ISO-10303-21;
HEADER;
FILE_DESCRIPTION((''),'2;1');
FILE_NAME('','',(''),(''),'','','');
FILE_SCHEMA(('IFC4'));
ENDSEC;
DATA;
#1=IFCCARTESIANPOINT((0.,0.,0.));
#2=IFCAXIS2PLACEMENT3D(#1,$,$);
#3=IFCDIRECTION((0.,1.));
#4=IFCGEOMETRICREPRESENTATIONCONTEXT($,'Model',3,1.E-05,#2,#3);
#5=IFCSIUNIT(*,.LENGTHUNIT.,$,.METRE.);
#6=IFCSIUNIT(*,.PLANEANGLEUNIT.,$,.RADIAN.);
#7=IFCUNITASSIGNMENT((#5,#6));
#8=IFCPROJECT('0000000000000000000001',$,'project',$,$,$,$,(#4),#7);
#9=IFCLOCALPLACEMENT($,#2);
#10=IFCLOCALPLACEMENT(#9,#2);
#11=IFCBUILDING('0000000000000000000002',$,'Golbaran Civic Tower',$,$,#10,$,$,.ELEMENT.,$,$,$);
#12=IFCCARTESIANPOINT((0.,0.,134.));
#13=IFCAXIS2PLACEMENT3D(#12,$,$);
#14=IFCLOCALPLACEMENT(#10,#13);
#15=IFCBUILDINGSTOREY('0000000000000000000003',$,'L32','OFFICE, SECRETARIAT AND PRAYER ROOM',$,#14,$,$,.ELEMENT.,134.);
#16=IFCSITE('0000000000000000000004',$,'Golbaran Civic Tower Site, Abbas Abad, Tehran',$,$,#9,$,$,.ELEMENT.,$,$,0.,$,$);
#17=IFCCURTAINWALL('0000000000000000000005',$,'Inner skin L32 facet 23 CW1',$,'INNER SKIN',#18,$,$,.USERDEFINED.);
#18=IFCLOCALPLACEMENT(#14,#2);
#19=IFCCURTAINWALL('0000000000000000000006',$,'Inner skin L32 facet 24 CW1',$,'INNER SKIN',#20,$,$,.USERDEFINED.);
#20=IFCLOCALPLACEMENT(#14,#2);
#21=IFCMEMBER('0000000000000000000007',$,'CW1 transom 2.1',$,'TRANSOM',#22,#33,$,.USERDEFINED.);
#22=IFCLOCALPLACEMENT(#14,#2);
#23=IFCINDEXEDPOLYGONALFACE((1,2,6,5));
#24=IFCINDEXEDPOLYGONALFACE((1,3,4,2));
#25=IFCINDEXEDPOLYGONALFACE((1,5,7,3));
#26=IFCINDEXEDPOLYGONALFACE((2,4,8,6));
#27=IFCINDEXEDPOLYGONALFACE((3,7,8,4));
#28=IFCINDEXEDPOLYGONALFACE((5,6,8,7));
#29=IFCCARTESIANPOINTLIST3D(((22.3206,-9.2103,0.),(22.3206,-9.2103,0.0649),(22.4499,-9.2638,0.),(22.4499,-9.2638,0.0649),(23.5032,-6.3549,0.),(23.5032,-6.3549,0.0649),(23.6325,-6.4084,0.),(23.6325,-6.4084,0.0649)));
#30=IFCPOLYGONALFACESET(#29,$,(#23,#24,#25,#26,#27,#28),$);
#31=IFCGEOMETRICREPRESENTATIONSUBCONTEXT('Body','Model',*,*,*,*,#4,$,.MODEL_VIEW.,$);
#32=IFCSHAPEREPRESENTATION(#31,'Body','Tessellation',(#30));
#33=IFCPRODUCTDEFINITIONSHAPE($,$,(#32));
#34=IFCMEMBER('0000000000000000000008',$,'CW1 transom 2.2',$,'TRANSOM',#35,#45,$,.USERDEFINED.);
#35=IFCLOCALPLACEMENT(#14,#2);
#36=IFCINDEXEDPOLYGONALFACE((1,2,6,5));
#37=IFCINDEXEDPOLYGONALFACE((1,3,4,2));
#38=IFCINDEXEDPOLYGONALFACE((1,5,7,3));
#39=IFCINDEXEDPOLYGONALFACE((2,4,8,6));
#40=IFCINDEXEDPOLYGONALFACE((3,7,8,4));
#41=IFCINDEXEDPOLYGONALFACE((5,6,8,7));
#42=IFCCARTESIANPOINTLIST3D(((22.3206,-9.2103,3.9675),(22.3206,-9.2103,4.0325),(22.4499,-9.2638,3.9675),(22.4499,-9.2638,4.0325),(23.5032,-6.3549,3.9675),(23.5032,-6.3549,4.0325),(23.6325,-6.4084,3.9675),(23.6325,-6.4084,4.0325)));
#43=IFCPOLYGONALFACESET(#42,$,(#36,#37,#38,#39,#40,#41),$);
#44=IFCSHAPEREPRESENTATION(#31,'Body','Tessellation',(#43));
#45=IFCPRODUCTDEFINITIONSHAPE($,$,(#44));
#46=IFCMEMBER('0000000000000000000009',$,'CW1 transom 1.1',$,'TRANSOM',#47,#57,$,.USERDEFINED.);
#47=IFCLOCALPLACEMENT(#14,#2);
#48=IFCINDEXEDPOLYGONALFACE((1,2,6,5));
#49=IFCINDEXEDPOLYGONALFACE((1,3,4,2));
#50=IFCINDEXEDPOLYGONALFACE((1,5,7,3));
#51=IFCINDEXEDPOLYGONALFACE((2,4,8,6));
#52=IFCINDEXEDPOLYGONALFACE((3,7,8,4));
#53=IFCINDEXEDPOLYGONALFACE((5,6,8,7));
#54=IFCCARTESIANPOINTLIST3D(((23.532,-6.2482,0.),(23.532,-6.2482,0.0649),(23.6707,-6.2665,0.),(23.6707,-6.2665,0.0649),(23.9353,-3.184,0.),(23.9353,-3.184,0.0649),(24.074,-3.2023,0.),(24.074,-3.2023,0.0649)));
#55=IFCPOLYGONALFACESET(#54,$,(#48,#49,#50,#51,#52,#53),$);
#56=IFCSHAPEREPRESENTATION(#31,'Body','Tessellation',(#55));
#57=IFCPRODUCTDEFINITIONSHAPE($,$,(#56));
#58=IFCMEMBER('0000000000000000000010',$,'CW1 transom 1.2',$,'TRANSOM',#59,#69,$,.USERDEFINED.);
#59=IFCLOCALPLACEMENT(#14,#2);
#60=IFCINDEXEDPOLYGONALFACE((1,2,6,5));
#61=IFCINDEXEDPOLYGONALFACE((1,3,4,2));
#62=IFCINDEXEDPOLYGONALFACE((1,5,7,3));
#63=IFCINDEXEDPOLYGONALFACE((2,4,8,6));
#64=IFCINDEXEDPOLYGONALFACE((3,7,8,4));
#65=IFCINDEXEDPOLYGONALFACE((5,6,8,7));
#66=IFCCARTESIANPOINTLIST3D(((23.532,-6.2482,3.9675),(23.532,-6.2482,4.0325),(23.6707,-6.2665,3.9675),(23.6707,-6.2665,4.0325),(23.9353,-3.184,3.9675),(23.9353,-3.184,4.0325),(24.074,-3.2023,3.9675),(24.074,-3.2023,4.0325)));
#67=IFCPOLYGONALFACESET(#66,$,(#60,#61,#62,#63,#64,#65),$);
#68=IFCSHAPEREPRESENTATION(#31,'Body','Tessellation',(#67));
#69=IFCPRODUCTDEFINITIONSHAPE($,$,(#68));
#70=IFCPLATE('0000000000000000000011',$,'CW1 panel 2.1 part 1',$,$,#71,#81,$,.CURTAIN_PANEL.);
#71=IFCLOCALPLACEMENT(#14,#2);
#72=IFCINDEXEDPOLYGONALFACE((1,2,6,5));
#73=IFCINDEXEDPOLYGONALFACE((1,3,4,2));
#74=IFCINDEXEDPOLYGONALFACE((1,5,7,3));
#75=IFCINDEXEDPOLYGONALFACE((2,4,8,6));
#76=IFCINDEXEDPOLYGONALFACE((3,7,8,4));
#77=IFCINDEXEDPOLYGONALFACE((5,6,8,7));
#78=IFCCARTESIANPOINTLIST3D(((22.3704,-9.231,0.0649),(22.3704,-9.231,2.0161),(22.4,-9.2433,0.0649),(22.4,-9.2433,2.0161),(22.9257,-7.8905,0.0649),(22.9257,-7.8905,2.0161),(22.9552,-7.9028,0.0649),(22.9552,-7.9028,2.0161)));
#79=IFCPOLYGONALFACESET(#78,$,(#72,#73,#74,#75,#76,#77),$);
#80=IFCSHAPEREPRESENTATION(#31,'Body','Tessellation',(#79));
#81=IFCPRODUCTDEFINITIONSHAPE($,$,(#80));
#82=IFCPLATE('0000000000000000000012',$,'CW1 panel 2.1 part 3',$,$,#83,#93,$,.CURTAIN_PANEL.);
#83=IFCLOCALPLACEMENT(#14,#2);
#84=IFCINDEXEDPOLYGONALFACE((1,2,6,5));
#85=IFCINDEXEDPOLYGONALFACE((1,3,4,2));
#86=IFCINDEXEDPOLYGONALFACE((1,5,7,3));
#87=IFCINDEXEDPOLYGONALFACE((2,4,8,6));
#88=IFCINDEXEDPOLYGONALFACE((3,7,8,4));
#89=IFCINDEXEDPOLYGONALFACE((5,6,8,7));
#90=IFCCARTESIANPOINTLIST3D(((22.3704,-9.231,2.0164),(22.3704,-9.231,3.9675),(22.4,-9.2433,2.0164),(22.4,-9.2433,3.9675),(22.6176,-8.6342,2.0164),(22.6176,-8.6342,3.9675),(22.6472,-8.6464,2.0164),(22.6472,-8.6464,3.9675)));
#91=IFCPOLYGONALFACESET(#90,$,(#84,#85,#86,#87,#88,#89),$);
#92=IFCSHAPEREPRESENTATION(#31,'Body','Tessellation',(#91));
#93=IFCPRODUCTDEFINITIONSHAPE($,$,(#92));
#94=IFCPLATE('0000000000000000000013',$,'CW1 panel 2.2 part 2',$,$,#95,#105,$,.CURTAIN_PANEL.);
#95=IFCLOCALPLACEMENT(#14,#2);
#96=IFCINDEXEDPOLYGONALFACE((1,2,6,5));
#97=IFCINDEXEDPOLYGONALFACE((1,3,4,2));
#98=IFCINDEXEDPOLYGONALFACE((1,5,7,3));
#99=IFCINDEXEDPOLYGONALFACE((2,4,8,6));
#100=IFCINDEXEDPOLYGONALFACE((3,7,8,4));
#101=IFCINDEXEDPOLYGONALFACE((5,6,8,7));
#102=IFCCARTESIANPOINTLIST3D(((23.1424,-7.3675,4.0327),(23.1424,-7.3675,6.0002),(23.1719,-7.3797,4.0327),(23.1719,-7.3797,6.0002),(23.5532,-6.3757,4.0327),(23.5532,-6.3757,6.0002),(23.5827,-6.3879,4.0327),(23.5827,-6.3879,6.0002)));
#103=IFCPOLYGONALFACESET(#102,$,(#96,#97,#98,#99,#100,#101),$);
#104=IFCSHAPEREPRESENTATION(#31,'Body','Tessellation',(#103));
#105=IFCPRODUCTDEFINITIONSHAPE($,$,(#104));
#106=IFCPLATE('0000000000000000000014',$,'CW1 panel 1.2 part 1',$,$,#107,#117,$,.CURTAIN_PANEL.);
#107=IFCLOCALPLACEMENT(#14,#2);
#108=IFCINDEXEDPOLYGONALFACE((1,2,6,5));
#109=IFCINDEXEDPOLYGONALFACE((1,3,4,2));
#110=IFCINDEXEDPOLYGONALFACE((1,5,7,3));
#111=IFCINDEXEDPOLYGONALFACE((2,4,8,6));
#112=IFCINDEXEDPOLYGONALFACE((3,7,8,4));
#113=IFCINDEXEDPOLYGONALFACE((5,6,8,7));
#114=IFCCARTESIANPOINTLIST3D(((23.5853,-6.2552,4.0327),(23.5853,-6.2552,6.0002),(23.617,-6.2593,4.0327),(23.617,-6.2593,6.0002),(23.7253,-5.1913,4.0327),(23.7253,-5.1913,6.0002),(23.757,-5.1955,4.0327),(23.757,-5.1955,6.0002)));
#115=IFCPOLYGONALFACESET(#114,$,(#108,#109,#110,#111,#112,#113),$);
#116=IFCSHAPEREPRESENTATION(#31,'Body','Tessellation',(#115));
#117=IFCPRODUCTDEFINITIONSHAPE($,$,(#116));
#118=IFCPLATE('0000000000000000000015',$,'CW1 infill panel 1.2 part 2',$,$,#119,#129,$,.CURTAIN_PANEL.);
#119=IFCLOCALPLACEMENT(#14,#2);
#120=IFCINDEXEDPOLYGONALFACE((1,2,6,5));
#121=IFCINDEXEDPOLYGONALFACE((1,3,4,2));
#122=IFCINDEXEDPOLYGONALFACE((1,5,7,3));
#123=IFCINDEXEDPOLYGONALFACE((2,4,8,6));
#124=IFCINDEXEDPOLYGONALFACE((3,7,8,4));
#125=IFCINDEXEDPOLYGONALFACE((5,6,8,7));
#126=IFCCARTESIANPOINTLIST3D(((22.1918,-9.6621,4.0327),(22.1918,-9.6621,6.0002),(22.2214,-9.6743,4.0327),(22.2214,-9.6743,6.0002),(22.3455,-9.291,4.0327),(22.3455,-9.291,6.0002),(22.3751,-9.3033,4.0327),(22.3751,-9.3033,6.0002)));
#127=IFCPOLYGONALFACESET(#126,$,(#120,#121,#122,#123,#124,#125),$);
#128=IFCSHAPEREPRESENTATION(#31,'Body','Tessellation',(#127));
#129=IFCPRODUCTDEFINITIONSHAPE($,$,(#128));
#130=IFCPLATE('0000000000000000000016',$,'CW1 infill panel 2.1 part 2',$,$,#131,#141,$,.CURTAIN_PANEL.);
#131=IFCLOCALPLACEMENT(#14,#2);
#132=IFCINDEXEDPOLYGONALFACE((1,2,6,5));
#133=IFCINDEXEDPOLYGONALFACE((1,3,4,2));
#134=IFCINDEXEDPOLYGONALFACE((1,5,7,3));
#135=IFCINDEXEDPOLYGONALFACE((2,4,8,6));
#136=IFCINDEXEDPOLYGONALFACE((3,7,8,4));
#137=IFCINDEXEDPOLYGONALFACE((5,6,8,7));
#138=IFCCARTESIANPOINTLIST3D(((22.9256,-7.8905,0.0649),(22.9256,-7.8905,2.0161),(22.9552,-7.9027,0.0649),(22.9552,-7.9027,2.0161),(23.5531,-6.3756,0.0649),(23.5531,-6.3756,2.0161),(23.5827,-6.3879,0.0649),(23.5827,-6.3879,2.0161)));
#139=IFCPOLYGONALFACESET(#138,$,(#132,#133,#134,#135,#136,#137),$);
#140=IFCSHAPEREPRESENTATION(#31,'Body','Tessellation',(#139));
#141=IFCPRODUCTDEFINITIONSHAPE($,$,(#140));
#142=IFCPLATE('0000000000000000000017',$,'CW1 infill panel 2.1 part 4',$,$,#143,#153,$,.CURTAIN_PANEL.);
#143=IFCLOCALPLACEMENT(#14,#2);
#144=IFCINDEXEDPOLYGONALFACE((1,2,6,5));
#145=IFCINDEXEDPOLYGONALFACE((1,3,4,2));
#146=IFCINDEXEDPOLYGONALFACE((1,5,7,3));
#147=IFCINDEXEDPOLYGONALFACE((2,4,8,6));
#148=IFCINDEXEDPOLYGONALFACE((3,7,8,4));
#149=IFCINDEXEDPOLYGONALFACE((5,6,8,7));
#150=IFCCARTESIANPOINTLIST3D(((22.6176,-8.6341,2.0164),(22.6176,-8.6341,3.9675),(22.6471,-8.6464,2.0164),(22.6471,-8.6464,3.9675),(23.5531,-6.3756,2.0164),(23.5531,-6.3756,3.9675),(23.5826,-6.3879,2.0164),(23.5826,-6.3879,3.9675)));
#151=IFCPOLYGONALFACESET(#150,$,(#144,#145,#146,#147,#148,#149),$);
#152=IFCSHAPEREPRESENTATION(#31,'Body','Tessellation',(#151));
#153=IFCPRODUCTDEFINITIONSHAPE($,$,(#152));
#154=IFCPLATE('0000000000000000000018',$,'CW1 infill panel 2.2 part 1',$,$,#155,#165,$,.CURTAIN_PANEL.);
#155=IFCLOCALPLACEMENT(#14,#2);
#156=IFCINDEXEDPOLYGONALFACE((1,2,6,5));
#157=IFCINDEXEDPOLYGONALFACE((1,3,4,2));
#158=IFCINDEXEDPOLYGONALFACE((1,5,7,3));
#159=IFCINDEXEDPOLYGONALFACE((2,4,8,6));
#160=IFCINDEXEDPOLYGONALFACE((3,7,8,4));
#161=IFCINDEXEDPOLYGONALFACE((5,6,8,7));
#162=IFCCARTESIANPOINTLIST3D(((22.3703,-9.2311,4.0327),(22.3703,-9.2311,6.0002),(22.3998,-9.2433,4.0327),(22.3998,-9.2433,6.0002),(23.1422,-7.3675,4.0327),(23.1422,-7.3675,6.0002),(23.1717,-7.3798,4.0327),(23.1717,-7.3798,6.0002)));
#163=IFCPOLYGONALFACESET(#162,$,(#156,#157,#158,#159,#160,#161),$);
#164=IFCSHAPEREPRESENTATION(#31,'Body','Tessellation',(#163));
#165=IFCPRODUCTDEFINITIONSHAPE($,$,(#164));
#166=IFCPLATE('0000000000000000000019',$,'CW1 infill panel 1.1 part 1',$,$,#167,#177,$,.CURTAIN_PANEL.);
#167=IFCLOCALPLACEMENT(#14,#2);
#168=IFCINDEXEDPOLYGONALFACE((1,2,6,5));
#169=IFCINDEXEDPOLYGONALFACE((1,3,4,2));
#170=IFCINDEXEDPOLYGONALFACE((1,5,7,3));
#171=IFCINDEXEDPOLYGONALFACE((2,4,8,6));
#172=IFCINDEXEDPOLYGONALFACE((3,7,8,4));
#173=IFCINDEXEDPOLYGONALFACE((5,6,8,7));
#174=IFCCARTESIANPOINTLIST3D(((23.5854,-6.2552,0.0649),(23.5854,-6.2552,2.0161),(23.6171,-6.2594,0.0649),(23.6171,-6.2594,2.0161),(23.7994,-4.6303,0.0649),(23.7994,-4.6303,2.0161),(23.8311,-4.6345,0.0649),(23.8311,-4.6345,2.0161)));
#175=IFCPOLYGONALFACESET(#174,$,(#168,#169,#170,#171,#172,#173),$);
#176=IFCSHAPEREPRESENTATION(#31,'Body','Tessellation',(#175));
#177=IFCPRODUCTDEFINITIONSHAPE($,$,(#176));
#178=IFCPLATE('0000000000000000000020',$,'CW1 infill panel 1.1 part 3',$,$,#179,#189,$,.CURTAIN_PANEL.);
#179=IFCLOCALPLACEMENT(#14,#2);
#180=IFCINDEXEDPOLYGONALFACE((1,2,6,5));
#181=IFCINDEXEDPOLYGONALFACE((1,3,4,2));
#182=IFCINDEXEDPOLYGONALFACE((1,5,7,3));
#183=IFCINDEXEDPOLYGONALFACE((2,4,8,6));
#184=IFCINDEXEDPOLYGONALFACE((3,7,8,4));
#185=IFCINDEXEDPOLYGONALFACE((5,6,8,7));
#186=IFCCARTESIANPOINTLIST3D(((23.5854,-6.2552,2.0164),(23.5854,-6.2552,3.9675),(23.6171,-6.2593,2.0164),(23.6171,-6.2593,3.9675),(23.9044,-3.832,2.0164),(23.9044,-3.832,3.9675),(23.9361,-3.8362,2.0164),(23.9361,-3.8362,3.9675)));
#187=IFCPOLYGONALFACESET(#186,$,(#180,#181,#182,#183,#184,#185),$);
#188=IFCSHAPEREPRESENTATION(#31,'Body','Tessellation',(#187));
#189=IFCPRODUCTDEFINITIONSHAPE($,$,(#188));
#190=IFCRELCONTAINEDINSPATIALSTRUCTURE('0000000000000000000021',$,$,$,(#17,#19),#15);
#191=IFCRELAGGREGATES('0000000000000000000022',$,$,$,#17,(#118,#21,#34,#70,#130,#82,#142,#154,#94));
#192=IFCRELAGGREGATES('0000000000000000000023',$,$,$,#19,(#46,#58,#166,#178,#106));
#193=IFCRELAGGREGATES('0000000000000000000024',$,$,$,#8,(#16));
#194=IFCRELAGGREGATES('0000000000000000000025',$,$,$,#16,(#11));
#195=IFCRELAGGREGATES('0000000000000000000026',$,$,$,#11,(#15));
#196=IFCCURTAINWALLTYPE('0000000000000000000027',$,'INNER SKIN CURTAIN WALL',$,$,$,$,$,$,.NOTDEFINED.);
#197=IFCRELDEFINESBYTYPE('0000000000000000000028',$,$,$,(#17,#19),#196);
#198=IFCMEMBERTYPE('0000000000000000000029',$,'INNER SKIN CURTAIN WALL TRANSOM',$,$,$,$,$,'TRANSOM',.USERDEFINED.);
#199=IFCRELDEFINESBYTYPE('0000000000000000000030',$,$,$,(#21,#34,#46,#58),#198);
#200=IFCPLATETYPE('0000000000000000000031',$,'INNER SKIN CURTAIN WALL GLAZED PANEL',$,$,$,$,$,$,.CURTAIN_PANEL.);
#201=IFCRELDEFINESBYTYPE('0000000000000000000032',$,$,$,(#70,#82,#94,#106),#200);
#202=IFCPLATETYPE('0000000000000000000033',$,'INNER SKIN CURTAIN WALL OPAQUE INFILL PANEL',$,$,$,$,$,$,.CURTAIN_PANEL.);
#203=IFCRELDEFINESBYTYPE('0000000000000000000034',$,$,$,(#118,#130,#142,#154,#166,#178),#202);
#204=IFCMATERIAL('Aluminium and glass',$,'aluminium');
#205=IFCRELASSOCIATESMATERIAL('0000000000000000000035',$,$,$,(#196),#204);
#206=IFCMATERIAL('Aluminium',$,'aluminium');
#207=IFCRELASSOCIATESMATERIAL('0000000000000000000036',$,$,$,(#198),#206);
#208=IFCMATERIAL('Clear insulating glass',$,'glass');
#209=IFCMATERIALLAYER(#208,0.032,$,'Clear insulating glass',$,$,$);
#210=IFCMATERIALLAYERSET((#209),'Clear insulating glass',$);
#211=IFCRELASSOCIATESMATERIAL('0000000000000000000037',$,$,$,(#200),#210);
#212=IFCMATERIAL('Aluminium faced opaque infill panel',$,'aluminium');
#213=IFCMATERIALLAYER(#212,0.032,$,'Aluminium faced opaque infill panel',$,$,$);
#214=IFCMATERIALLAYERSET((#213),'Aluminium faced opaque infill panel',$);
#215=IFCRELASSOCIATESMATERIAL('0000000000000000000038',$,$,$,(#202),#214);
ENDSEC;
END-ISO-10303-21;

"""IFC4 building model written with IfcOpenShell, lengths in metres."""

from ifc_helpers import new_model, si_unit, direction, frame, origin, origin_2d, place, context, subcontext, project, spatial, rectangle, extrude, material, layer, layer_set, material_profile, profile_set, type_object, element, aggregate, save


model = new_model("IFC4")

# Units and contexts
model_context = context("Model", 3, precision=1e-05, world=origin(), true_north=direction((0.0, 1.0)))
body_context = subcontext(model_context, "Body", "Model", "MODEL_VIEW")
ifc_project = project(units=[si_unit("LENGTHUNIT", "METRE"), si_unit("PLANEANGLEUNIT", "RADIAN")], contexts=[model_context])

# Site, building, storey
site_placement = place(None, origin())
site = spatial("IfcSite", under=ifc_project, at=site_placement, Name="Golbaran Civic Tower Site, Abbas Abad, Tehran", CompositionType="ELEMENT", RefElevation=0.0)
building_placement = place(site_placement, origin())
building = spatial("IfcBuilding", under=site, at=building_placement, Name="Golbaran Civic Tower", CompositionType="ELEMENT")
storey_placement = place(building_placement, frame((0.0, 0.0, 134.0)))
storey = spatial("IfcBuildingStorey", under=building, at=storey_placement, Name="L32", Description="OFFICE, SECRETARIAT AND PRAYER ROOM", CompositionType="ELEMENT", Elevation=134.0)

# Curtain wall
ifc_material_1 = material(Name="Aluminium and glass", Category="aluminium")
curtain_wall_type = type_object("IfcCurtainWallType", Name="INNER SKIN CURTAIN WALL", PredefinedType="NOTDEFINED", material=ifc_material_1)
curtain_wall_1_placement = place(storey_placement, origin())
curtain_wall_1 = element("IfcCurtainWall", 1, at=curtain_wall_1_placement, inside=storey, type_object=curtain_wall_type, Name="Inner skin L32 facet 23 CW1", ObjectType="INNER SKIN", PredefinedType="USERDEFINED")
ifc_material_2 = material(Name="Aluminium", Category="aluminium")

# Curtain wall
curtain_wall_2_placement = place(storey_placement, origin())
curtain_wall_2 = element("IfcCurtainWall", 2, at=curtain_wall_2_placement, inside=storey, type_object=curtain_wall_type, Name="Inner skin L32 facet 24 CW1", ObjectType="INNER SKIN", PredefinedType="USERDEFINED")

# Members
ifc_material_profile_1 = material_profile(ifc_material_2, rectangle(XDim=0.1399, YDim=0.0649, at=origin_2d()), Name="INNER SKIN CURTAIN WALL TRANSOM")
ifc_profile_set_1 = profile_set([ifc_material_profile_1], Name="Aluminium")
member_type_1 = type_object("IfcMemberType", Name="INNER SKIN CURTAIN WALL TRANSOM", ElementType="TRANSOM", PredefinedType="USERDEFINED", material=ifc_profile_set_1)
member_1_placement = place(storey_placement, frame((22.3853, -9.2371, 0.0325), z_axis=(0.38264, 0.923897, 0.0), x_axis=(-0.923897, 0.38264, 0.0)))
member_1 = element("IfcMember", 3, at=member_1_placement, type_object=member_type_1, Name="CW1 transom 2.1", ObjectType="TRANSOM", PredefinedType="USERDEFINED", context=body_context, shape_type="SweptSolid", body=[
    extrude(rectangle(XDim=0.1399, YDim=0.0649, at=origin_2d()), origin(), (0.0, 0.0, 1.0), 3.0906),
])
member_2_placement = place(storey_placement, frame((22.3853, -9.2371, 4.0), z_axis=(0.38264, 0.923897, 0.0), x_axis=(-0.923897, 0.38264, 0.0)))
member_2 = element("IfcMember", 4, at=member_2_placement, type_object=member_type_1, Name="CW1 transom 2.2", ObjectType="TRANSOM", PredefinedType="USERDEFINED", context=body_context, shape_type="SweptSolid", body=[
    extrude(rectangle(XDim=0.1399, YDim=0.0649, at=origin_2d()), origin(), (0.0, 0.0, 1.0), 3.0906),
])
member_3_placement = place(storey_placement, frame((23.6013, -6.2573, 0.0325), z_axis=(0.130497, 0.991449, 0.0), x_axis=(-0.991449, 0.130497, 0.0)))
member_3 = element("IfcMember", 5, at=member_3_placement, type_object=member_type_1, Name="CW1 transom 1.1", ObjectType="TRANSOM", PredefinedType="USERDEFINED", context=body_context, shape_type="SweptSolid", body=[
    extrude(rectangle(XDim=0.1399, YDim=0.0649, at=origin_2d()), origin(), (0.0, 0.0, 1.0), 3.0906),
])
member_4_placement = place(storey_placement, frame((23.6013, -6.2573, 4.0), z_axis=(0.130497, 0.991449, 0.0), x_axis=(-0.991449, 0.130497, 0.0)))
member_4 = element("IfcMember", 6, at=member_4_placement, type_object=member_type_1, Name="CW1 transom 1.2", ObjectType="TRANSOM", PredefinedType="USERDEFINED", context=body_context, shape_type="SweptSolid", body=[
    extrude(rectangle(XDim=0.1399, YDim=0.0649, at=origin_2d()), origin(), (0.0, 0.0, 1.0), 3.0906),
])

# Plates
ifc_material_3 = material(Name="Clear insulating glass", Category="glass")
ifc_layer_1 = layer(ifc_material_3, 0.032, Name="Clear insulating glass")
ifc_layer_set_1 = layer_set([ifc_layer_1], Name="Clear insulating glass")
plate_type_1 = type_object("IfcPlateType", Name="INNER SKIN CURTAIN WALL GLAZED PANEL", PredefinedType="CURTAIN_PANEL", material=ifc_layer_set_1)
plate_1_placement = place(storey_placement, frame((22.6628, -8.5669, 0.0649), z_axis=(0.0, 0.0, 1.0), x_axis=(0.382683, 0.92388, 0.0)))
plate_1 = element("IfcPlate", 7, at=plate_1_placement, type_object=plate_type_1, Name="CW1 panel 2.1 part 1", PredefinedType="CURTAIN_PANEL", context=body_context, shape_type="SweptSolid", body=[
    extrude(rectangle(XDim=1.4509, YDim=0.032, at=origin_2d()), origin(), (0.0, 0.0, 1.0), 1.9512),
])
plate_2_placement = place(storey_placement, frame((22.5088, -8.9387, 2.0164), z_axis=(0.0, 0.0, 1.0), x_axis=(0.382683, 0.92388, 0.0)))
plate_2 = element("IfcPlate", 8, at=plate_2_placement, type_object=plate_type_1, Name="CW1 panel 2.1 part 3", PredefinedType="CURTAIN_PANEL", context=body_context, shape_type="SweptSolid", body=[
    extrude(rectangle(XDim=0.646, YDim=0.032, at=origin_2d()), origin(), (0.0, 0.0, 1.0), 1.9512),
])
plate_3_placement = place(storey_placement, frame((23.3625, -6.8777, 4.0327), z_axis=(0.0, 0.0, 1.0), x_axis=(0.382683, 0.92388, 0.0)))
plate_3 = element("IfcPlate", 9, at=plate_3_placement, type_object=plate_type_1, Name="CW1 panel 2.2 part 2", PredefinedType="CURTAIN_PANEL", context=body_context, shape_type="SweptSolid", body=[
    extrude(rectangle(XDim=1.0735, YDim=0.032, at=origin_2d()), origin(), (0.0, 0.0, 1.0), 1.9675),
])
plate_4_placement = place(storey_placement, frame((23.6711, -5.7253, 4.0327), z_axis=(0.0, 0.0, 1.0), x_axis=(0.130526, 0.991445, 0.0)))
plate_4 = element("IfcPlate", 10, at=plate_4_placement, type_object=plate_type_1, Name="CW1 panel 1.2 part 1", PredefinedType="CURTAIN_PANEL", context=body_context, shape_type="SweptSolid", body=[
    extrude(rectangle(XDim=1.073, YDim=0.032, at=origin_2d()), origin(), (0.0, 0.0, 1.0), 1.9675),
])
ifc_material_4 = material(Name="Aluminium faced opaque infill panel", Category="aluminium")
ifc_layer_2 = layer(ifc_material_4, 0.032, Name="Aluminium faced opaque infill panel")
ifc_layer_set_2 = layer_set([ifc_layer_2], Name="Aluminium faced opaque infill panel")
plate_type_2 = type_object("IfcPlateType", Name="INNER SKIN CURTAIN WALL OPAQUE INFILL PANEL", PredefinedType="CURTAIN_PANEL", material=ifc_layer_set_2)
plate_5_placement = place(storey_placement, frame((22.2834, -9.4827, 4.0327), z_axis=(0.0, 0.0, 1.0), x_axis=(0.382683, 0.92388, 0.0)))
plate_5 = element("IfcPlate", 11, at=plate_5_placement, type_object=plate_type_2, Name="CW1 infill panel 1.2 part 2", PredefinedType="CURTAIN_PANEL", context=body_context, shape_type="SweptSolid", body=[
    extrude(rectangle(XDim=0.4016, YDim=0.032, at=origin_2d()), origin(), (0.0, 0.0, 1.0), 1.9675),
])
plate_6_placement = place(storey_placement, frame((23.2542, -7.1392, 0.0649), z_axis=(0.0, 0.0, 1.0), x_axis=(0.382683, 0.92388, 0.0)))
plate_6 = element("IfcPlate", 12, at=plate_6_placement, type_object=plate_type_2, Name="CW1 infill panel 2.1 part 2", PredefinedType="CURTAIN_PANEL", context=body_context, shape_type="SweptSolid", body=[
    extrude(rectangle(XDim=1.6396, YDim=0.032, at=origin_2d()), origin(), (0.0, 0.0, 1.0), 1.9512),
])
plate_7_placement = place(storey_placement, frame((23.1001, -7.511, 2.0164), z_axis=(0.0, 0.0, 1.0), x_axis=(0.382683, 0.92388, 0.0)))
plate_7 = element("IfcPlate", 13, at=plate_7_placement, type_object=plate_type_2, Name="CW1 infill panel 2.1 part 4", PredefinedType="CURTAIN_PANEL", context=body_context, shape_type="SweptSolid", body=[
    extrude(rectangle(XDim=2.4446, YDim=0.032, at=origin_2d()), origin(), (0.0, 0.0, 1.0), 1.9512),
])
plate_8_placement = place(storey_placement, frame((22.771, -8.3054, 4.0327), z_axis=(0.0, 0.0, 1.0), x_axis=(0.382683, 0.92388, 0.0)))
plate_8 = element("IfcPlate", 14, at=plate_8_placement, type_object=plate_type_2, Name="CW1 infill panel 2.2 part 1", PredefinedType="CURTAIN_PANEL", context=body_context, shape_type="SweptSolid", body=[
    extrude(rectangle(XDim=2.0171, YDim=0.032, at=origin_2d()), origin(), (0.0, 0.0, 1.0), 1.9675),
])
aggregate(curtain_wall_1, [plate_5, member_1, member_2, plate_1, plate_6, plate_2, plate_7, plate_8, plate_3])
plate_9_placement = place(storey_placement, frame((23.7083, -5.4448, 0.0649), z_axis=(0.0, 0.0, 1.0), x_axis=(0.130526, 0.991445, 0.0)))
plate_9 = element("IfcPlate", 15, at=plate_9_placement, type_object=plate_type_2, Name="CW1 infill panel 1.1 part 1", PredefinedType="CURTAIN_PANEL", context=body_context, shape_type="SweptSolid", body=[
    extrude(rectangle(XDim=1.6389, YDim=0.032, at=origin_2d()), origin(), (0.0, 0.0, 1.0), 1.9512),
])
plate_10_placement = place(storey_placement, frame((23.7607, -5.0457, 2.0164), z_axis=(0.0, 0.0, 1.0), x_axis=(0.130526, 0.991445, 0.0)))
plate_10 = element("IfcPlate", 16, at=plate_10_placement, type_object=plate_type_2, Name="CW1 infill panel 1.1 part 3", PredefinedType="CURTAIN_PANEL", context=body_context, shape_type="SweptSolid", body=[
    extrude(rectangle(XDim=2.4441, YDim=0.032, at=origin_2d()), origin(), (0.0, 0.0, 1.0), 1.9512),
])
aggregate(curtain_wall_2, [member_3, member_4, plate_9, plate_10, plate_4])

save(model, "model.ifc")
